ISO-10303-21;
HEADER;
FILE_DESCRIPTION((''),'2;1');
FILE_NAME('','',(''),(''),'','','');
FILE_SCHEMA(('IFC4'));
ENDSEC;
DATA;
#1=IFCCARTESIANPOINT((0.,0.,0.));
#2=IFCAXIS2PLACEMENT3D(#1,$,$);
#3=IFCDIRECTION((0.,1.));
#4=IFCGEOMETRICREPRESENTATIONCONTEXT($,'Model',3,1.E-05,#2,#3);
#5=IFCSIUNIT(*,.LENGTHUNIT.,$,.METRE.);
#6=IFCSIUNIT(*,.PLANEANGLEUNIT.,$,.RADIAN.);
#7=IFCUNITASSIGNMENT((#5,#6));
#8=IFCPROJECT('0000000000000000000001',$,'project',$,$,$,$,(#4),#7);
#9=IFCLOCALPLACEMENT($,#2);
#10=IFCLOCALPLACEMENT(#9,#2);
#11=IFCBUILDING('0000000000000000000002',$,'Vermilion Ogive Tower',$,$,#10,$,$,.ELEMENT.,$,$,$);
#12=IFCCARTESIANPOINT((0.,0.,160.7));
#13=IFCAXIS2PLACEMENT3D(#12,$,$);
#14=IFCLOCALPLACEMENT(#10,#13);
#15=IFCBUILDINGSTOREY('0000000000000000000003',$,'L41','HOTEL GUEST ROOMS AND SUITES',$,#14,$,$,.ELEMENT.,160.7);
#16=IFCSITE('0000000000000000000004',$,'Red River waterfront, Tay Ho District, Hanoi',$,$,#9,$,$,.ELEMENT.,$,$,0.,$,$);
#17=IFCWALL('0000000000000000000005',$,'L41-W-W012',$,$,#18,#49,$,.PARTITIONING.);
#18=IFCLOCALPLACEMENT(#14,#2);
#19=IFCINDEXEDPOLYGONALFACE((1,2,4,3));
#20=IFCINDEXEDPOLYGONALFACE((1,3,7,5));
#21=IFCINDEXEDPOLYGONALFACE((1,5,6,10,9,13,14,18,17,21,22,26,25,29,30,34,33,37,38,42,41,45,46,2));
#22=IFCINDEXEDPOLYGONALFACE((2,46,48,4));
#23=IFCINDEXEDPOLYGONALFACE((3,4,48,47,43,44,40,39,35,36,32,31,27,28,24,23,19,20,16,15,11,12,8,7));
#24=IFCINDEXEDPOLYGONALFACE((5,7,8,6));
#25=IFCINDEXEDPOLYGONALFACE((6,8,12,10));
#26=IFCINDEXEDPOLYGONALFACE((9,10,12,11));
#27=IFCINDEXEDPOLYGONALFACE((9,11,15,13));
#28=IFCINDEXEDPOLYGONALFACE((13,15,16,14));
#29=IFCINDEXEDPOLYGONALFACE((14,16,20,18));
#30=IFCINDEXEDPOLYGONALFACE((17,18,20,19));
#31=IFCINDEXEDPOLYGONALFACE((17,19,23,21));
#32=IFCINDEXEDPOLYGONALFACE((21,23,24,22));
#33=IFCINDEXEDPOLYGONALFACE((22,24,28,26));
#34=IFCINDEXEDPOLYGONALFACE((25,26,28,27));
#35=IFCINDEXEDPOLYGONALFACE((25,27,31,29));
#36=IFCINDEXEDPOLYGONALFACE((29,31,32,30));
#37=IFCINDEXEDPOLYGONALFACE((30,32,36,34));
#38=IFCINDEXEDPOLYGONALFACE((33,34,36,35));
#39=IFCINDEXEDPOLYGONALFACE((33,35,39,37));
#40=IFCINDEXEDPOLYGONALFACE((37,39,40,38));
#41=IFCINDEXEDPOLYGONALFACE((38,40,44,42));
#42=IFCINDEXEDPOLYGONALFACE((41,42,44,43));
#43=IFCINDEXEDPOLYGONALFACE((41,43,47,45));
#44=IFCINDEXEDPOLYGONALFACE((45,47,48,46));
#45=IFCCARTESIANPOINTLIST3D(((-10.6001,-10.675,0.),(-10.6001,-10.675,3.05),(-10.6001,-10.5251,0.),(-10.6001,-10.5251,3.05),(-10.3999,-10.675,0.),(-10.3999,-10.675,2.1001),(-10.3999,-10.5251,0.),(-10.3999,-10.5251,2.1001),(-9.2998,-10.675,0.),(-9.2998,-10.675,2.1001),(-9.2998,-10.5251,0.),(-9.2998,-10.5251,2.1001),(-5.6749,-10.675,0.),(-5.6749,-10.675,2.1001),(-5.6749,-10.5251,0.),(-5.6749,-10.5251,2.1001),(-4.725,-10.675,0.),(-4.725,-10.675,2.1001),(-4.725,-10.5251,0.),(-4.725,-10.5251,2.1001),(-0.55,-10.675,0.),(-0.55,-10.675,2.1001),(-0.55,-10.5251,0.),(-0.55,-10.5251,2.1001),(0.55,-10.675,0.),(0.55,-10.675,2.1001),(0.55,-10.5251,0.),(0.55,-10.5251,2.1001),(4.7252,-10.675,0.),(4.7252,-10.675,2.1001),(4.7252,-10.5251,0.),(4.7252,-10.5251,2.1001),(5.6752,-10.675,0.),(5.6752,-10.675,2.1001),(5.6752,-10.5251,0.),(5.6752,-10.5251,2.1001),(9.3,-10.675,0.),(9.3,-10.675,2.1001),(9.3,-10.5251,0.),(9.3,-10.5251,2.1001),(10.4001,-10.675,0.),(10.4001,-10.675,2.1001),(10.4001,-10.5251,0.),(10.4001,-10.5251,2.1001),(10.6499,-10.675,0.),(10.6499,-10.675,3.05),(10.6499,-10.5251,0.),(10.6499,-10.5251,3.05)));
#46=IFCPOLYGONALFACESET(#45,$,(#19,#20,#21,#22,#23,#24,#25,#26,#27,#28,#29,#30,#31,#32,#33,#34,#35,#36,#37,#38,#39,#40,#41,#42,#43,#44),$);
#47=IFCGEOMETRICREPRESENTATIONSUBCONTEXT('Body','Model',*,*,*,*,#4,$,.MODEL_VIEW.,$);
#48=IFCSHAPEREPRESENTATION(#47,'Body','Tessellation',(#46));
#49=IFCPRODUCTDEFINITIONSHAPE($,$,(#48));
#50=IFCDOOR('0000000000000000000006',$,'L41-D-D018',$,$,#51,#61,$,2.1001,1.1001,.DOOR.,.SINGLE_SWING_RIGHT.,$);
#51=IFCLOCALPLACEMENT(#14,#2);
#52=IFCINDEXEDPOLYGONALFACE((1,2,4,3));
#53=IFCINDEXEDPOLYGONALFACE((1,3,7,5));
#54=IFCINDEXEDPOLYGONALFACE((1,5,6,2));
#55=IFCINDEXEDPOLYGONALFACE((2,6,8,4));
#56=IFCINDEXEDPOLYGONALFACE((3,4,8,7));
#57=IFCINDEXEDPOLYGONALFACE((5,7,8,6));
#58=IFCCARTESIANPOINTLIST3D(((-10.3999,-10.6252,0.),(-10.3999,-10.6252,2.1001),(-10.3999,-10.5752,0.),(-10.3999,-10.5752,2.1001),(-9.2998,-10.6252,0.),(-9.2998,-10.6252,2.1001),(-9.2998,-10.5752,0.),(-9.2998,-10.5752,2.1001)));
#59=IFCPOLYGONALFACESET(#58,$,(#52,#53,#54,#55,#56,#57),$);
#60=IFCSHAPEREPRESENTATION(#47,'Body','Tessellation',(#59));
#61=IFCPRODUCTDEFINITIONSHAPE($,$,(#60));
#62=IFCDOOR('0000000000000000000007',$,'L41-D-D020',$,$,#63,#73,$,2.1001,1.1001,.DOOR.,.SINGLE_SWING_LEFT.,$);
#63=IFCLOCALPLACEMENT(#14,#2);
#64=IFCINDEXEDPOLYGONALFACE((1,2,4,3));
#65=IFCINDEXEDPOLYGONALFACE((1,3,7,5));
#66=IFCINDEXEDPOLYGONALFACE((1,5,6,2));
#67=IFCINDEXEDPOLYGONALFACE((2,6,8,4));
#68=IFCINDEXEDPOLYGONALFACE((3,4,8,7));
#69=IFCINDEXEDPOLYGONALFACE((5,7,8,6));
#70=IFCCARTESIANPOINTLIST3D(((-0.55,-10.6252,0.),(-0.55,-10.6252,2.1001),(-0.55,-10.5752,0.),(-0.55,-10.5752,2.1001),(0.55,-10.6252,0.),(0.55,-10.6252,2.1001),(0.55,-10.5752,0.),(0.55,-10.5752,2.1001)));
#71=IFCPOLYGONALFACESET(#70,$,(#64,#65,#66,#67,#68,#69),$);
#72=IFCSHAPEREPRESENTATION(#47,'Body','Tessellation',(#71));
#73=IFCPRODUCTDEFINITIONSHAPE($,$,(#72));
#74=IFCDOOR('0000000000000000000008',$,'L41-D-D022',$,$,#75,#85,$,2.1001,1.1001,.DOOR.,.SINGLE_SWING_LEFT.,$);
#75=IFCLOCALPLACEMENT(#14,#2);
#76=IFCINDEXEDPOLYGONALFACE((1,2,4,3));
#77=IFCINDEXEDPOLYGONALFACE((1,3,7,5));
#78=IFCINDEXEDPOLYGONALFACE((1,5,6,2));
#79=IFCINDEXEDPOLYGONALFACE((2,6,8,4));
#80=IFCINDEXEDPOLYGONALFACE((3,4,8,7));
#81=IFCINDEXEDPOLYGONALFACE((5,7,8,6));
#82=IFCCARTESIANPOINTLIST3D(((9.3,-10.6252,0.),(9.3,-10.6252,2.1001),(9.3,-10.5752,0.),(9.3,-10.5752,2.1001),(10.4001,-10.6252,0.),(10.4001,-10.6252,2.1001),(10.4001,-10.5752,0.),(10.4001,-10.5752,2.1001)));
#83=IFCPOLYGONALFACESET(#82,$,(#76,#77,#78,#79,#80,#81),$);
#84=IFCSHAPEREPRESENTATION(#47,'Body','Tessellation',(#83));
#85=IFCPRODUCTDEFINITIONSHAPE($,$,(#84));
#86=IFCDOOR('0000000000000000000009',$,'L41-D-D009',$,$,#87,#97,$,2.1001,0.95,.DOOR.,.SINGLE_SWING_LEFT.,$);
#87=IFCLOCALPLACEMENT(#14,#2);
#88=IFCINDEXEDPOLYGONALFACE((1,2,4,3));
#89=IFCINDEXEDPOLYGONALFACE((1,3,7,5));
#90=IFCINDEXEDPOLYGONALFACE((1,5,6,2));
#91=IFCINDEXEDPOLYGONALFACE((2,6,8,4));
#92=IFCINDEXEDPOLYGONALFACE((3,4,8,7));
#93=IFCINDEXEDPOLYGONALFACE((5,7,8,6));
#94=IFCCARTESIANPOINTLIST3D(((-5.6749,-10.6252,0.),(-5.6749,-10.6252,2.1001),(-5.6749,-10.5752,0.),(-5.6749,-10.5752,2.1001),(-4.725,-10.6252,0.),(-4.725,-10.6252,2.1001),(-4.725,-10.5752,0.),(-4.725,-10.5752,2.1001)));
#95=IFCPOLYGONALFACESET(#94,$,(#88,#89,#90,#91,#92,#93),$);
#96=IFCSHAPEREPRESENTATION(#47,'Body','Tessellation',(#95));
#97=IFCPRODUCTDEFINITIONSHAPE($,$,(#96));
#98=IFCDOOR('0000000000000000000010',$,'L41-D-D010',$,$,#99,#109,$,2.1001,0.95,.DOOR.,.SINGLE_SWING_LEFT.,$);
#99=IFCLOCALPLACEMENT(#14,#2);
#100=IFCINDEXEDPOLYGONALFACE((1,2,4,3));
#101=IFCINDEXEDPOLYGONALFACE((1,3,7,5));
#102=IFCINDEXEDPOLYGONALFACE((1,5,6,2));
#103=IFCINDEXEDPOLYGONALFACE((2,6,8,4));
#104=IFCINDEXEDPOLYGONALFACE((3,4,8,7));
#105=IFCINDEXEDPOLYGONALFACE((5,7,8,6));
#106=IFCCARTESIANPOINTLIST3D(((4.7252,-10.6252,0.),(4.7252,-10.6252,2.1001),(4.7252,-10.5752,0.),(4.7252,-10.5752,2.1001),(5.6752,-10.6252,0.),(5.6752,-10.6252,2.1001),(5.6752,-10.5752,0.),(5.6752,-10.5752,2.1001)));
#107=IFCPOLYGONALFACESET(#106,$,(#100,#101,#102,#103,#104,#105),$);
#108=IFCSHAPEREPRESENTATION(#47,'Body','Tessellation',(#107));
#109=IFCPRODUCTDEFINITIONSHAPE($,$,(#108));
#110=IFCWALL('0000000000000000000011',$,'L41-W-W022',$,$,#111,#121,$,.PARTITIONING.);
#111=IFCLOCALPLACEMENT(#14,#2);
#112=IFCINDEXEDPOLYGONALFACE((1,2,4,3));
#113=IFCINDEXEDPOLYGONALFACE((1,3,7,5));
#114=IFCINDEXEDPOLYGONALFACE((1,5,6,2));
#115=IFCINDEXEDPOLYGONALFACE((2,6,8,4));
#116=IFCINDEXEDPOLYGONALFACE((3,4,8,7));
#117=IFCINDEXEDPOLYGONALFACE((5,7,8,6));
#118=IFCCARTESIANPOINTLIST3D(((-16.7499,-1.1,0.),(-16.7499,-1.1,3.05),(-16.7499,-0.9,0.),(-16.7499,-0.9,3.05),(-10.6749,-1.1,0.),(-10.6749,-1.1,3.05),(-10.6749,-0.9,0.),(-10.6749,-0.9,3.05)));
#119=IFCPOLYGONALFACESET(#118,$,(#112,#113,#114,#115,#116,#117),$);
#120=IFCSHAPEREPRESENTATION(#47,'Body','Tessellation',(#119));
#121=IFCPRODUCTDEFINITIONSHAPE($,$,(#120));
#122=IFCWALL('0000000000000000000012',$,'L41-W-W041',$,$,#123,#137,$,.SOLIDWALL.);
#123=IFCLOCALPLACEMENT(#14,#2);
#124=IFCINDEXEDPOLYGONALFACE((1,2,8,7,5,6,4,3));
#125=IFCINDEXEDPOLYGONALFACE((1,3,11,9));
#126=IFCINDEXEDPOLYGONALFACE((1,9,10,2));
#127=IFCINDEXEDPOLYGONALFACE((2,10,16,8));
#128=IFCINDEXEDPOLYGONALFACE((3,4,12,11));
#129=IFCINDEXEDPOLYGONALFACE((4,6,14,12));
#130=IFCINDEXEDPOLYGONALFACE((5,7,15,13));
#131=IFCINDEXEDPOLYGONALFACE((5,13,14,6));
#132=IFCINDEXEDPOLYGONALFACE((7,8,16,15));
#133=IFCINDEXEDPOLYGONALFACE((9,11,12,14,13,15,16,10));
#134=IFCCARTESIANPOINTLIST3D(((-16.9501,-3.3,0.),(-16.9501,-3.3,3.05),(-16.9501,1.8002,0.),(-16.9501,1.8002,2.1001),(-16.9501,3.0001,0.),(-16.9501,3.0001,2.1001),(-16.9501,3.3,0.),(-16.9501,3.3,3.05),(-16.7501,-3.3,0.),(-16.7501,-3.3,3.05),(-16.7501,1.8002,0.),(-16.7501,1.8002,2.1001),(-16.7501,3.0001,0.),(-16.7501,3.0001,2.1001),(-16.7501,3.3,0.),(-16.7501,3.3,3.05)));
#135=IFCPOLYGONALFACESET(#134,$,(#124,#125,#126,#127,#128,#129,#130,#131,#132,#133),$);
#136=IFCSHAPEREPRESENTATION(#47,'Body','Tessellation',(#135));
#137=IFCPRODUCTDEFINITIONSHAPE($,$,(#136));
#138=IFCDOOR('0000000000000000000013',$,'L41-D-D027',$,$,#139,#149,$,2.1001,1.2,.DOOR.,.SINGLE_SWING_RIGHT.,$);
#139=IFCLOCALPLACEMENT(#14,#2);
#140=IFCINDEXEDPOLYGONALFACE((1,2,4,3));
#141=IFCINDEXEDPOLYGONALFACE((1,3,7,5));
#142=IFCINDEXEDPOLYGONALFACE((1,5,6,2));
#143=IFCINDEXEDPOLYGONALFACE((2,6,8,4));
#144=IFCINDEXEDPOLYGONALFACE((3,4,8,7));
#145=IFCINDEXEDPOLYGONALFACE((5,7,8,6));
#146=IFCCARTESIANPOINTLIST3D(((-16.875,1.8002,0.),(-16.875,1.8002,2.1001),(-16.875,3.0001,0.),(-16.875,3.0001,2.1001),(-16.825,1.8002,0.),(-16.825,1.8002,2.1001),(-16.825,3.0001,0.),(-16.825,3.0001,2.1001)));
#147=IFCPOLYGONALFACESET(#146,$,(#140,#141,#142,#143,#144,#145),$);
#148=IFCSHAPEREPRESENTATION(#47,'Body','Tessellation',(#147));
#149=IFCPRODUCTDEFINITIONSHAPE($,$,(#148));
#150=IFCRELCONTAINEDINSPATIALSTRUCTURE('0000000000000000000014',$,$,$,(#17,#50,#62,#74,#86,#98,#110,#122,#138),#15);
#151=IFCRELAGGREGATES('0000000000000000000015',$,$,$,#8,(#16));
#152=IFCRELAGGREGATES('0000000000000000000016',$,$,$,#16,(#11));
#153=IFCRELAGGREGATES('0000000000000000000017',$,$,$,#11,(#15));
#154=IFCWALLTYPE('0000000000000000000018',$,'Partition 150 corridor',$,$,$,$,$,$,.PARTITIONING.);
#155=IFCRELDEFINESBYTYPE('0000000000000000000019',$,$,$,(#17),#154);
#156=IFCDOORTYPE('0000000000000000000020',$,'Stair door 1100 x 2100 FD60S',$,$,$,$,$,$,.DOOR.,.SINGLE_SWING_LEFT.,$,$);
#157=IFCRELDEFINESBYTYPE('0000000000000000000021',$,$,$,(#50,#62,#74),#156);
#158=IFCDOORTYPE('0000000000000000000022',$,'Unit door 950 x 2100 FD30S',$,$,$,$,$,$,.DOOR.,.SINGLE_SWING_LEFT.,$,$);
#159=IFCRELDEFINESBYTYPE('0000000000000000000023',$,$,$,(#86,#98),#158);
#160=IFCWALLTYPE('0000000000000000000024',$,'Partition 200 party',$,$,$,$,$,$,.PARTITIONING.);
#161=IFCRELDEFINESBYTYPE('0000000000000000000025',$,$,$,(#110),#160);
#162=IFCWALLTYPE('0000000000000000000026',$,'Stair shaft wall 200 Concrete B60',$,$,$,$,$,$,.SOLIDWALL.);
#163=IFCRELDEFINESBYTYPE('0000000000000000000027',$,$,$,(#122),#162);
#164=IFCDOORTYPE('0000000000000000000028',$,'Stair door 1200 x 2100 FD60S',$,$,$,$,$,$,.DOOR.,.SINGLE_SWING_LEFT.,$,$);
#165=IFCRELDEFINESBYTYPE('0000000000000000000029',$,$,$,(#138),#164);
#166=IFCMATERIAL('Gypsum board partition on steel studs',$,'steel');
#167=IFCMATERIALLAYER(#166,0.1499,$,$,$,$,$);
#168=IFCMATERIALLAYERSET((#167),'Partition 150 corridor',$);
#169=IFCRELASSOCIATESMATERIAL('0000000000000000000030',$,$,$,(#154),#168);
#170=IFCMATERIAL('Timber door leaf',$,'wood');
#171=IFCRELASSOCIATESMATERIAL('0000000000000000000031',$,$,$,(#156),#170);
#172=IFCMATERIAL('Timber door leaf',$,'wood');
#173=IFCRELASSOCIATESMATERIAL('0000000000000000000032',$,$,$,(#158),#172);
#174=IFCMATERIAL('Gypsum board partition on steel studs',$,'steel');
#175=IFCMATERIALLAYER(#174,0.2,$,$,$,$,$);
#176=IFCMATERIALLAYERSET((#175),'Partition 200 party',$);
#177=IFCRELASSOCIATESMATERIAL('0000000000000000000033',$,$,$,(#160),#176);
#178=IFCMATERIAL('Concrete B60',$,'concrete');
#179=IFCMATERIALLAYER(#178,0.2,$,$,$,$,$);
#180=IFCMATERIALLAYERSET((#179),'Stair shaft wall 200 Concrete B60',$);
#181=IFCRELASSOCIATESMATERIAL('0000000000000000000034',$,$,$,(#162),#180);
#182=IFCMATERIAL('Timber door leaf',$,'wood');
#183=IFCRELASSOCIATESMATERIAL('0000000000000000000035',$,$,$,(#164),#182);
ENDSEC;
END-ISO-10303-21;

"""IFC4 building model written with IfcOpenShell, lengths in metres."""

from ifc_helpers import new_model, si_unit, direction, frame, frame_2d, origin, place, context, subcontext, project, spatial, rectangle, extrude, material, layer, layer_set, type_object, element, fill, save


model = new_model("IFC4")

# Units and contexts
model_context = context("Model", 3, precision=1e-05, world=origin(), true_north=direction((0.0, 1.0)))
body_context = subcontext(model_context, "Body", "Model", "MODEL_VIEW")
ifc_project = project(units=[si_unit("LENGTHUNIT", "METRE"), si_unit("PLANEANGLEUNIT", "RADIAN")], contexts=[model_context])

# Site, building, storey
site_placement = place(None, origin())
site = spatial("IfcSite", under=ifc_project, at=site_placement, Name="Red River waterfront, Tay Ho District, Hanoi", CompositionType="ELEMENT", RefElevation=0.0)
building_placement = place(site_placement, origin())
building = spatial("IfcBuilding", under=site, at=building_placement, Name="Vermilion Ogive Tower", CompositionType="ELEMENT")
storey_placement = place(building_placement, frame((0.0, 0.0, 160.7)))
storey = spatial("IfcBuildingStorey", under=building, at=storey_placement, Name="L41", Description="HOTEL GUEST ROOMS AND SUITES", CompositionType="ELEMENT", Elevation=160.7)

# Wall, openings, doors
ifc_material_1 = material(Name="Gypsum board partition on steel studs", Category="steel")
ifc_layer_1 = layer(ifc_material_1, 0.1499)
ifc_layer_set_1 = layer_set([ifc_layer_1], Name="Partition 150 corridor")
wall_type_1 = type_object("IfcWallType", Name="Partition 150 corridor", PredefinedType="PARTITIONING", material=ifc_layer_set_1)
wall_1_placement = place(storey_placement, frame((-10.6001, -10.6001, 0.0), z_axis=(0.0, 0.0, 1.0), x_axis=(1.0, 0.0, 0.0)))
wall_1 = element("IfcWall", 1, at=wall_1_placement, inside=storey, type_object=wall_type_1, Name="L41-W-W012", PredefinedType="PARTITIONING", context=body_context, shape_type="SweptSolid", body=[
    extrude(rectangle(XDim=21.25, YDim=0.1499, at=frame_2d((10.625, 0.0))), origin(), (0.0, 0.0, 1.0), 3.05),
])
opening_1_placement = place(wall_1_placement, frame((4.925, 0.0, 0.0)))
opening_1 = element("IfcOpeningElement", 2, at=opening_1_placement, cuts=wall_1, PredefinedType="OPENING", context=body_context, shape_type="SweptSolid", body=[
    extrude(rectangle(XDim=0.95, YDim=2.1001, at=frame_2d((0.4751, 1.05))), frame((0.0, 0.085, 0.0), z_axis=(0.0, -1.0, 0.0), x_axis=(1.0, 0.0, 0.0)), (0.0, 0.0, 1.0), 0.1699),
])
opening_2_placement = place(wall_1_placement, frame((15.3252, 0.0, 0.0)))
opening_2 = element("IfcOpeningElement", 3, at=opening_2_placement, cuts=wall_1, PredefinedType="OPENING", context=body_context, shape_type="SweptSolid", body=[
    extrude(rectangle(XDim=0.95, YDim=2.1001, at=frame_2d((0.4751, 1.05))), frame((0.0, 0.085, 0.0), z_axis=(0.0, -1.0, 0.0), x_axis=(1.0, 0.0, 0.0)), (0.0, 0.0, 1.0), 0.1699),
])
opening_3_placement = place(wall_1_placement, frame((0.2002, 0.0, 0.0)))
opening_3 = element("IfcOpeningElement", 4, at=opening_3_placement, cuts=wall_1, PredefinedType="OPENING", context=body_context, shape_type="SweptSolid", body=[
    extrude(rectangle(XDim=1.1001, YDim=2.1001, at=frame_2d((0.55, 1.05))), frame((0.0, 0.085, 0.0), z_axis=(0.0, -1.0, 0.0), x_axis=(1.0, 0.0, 0.0)), (0.0, 0.0, 1.0), 0.1699),
])
opening_4_placement = place(wall_1_placement, frame((10.05, 0.0, 0.0)))
opening_4 = element("IfcOpeningElement", 5, at=opening_4_placement, cuts=wall_1, PredefinedType="OPENING", context=body_context, shape_type="SweptSolid", body=[
    extrude(rectangle(XDim=1.1001, YDim=2.1001, at=frame_2d((0.55, 1.05))), frame((0.0, 0.085, 0.0), z_axis=(0.0, -1.0, 0.0), x_axis=(1.0, 0.0, 0.0)), (0.0, 0.0, 1.0), 0.1699),
])
opening_5_placement = place(wall_1_placement, frame((19.9001, 0.0, 0.0)))
opening_5 = element("IfcOpeningElement", 6, at=opening_5_placement, cuts=wall_1, PredefinedType="OPENING", context=body_context, shape_type="SweptSolid", body=[
    extrude(rectangle(XDim=1.1001, YDim=2.1001, at=frame_2d((0.55, 1.05))), frame((0.0, 0.085, 0.0), z_axis=(0.0, -1.0, 0.0), x_axis=(1.0, 0.0, 0.0)), (0.0, 0.0, 1.0), 0.1699),
])
ifc_material_2 = material(Name="Timber door leaf", Category="wood")
door_type_1 = type_object("IfcDoorType", Name="Stair door 1100 x 2100 FD60S", OperationType="SINGLE_SWING_LEFT", PredefinedType="DOOR", material=ifc_material_2)
door_1_placement = place(opening_3_placement, origin())
door_1 = element("IfcDoor", 7, at=door_1_placement, inside=storey, type_object=door_type_1, Name="L41-D-D018", OperationType="SINGLE_SWING_RIGHT", OverallHeight=2.1001, OverallWidth=1.1001, PredefinedType="DOOR", context=body_context, shape_type="SweptSolid", body=[
    extrude(rectangle(XDim=1.1001, YDim=2.1001, at=frame_2d((0.55, 1.05))), frame((0.0, 0.0249, 0.0), z_axis=(0.0, -1.0, 0.0), x_axis=(1.0, 0.0, 0.0)), (0.0, 0.0, 1.0), 0.05),
])
fill(opening_3, door_1)
door_2_placement = place(opening_4_placement, origin())
door_2 = element("IfcDoor", 8, at=door_2_placement, inside=storey, type_object=door_type_1, Name="L41-D-D020", OperationType="SINGLE_SWING_LEFT", OverallHeight=2.1001, OverallWidth=1.1001, PredefinedType="DOOR", context=body_context, shape_type="SweptSolid", body=[
    extrude(rectangle(XDim=1.1001, YDim=2.1001, at=frame_2d((0.55, 1.05))), frame((0.0, 0.0249, 0.0), z_axis=(0.0, -1.0, 0.0), x_axis=(1.0, 0.0, 0.0)), (0.0, 0.0, 1.0), 0.05),
])
fill(opening_4, door_2)
door_3_placement = place(opening_5_placement, origin())
door_3 = element("IfcDoor", 9, at=door_3_placement, inside=storey, type_object=door_type_1, Name="L41-D-D022", OperationType="SINGLE_SWING_LEFT", OverallHeight=2.1001, OverallWidth=1.1001, PredefinedType="DOOR", context=body_context, shape_type="SweptSolid", body=[
    extrude(rectangle(XDim=1.1001, YDim=2.1001, at=frame_2d((0.55, 1.05))), frame((0.0, 0.0249, 0.0), z_axis=(0.0, -1.0, 0.0), x_axis=(1.0, 0.0, 0.0)), (0.0, 0.0, 1.0), 0.05),
])
fill(opening_5, door_3)
ifc_material_3 = material(Name="Timber door leaf", Category="wood")
door_type_2 = type_object("IfcDoorType", Name="Unit door 950 x 2100 FD30S", OperationType="SINGLE_SWING_LEFT", PredefinedType="DOOR", material=ifc_material_3)
door_4_placement = place(opening_1_placement, origin())
door_4 = element("IfcDoor", 10, at=door_4_placement, inside=storey, type_object=door_type_2, Name="L41-D-D009", OperationType="SINGLE_SWING_LEFT", OverallHeight=2.1001, OverallWidth=0.95, PredefinedType="DOOR", context=body_context, shape_type="SweptSolid", body=[
    extrude(rectangle(XDim=0.95, YDim=2.1001, at=frame_2d((0.4751, 1.05))), frame((0.0, 0.0249, 0.0), z_axis=(0.0, -1.0, 0.0), x_axis=(1.0, 0.0, 0.0)), (0.0, 0.0, 1.0), 0.05),
])
fill(opening_1, door_4)
door_5_placement = place(opening_2_placement, origin())
door_5 = element("IfcDoor", 11, at=door_5_placement, inside=storey, type_object=door_type_2, Name="L41-D-D010", OperationType="SINGLE_SWING_LEFT", OverallHeight=2.1001, OverallWidth=0.95, PredefinedType="DOOR", context=body_context, shape_type="SweptSolid", body=[
    extrude(rectangle(XDim=0.95, YDim=2.1001, at=frame_2d((0.4751, 1.05))), frame((0.0, 0.0249, 0.0), z_axis=(0.0, -1.0, 0.0), x_axis=(1.0, 0.0, 0.0)), (0.0, 0.0, 1.0), 0.05),
])
fill(opening_2, door_5)

# Wall
ifc_material_4 = material(Name="Gypsum board partition on steel studs", Category="steel")
ifc_layer_2 = layer(ifc_material_4, 0.2)
ifc_layer_set_2 = layer_set([ifc_layer_2], Name="Partition 200 party")
wall_type_2 = type_object("IfcWallType", Name="Partition 200 party", PredefinedType="PARTITIONING", material=ifc_layer_set_2)
wall_2_placement = place(storey_placement, frame((-16.75, -1.0, 0.0), z_axis=(0.0, 0.0, 1.0), x_axis=(1.0, 0.0, 0.0)))
element("IfcWall", 12, at=wall_2_placement, inside=storey, type_object=wall_type_2, Name="L41-W-W022", PredefinedType="PARTITIONING", context=body_context, shape_type="SweptSolid", body=[
    extrude(rectangle(XDim=6.075, YDim=0.2, at=frame_2d((3.0376, 0.0))), origin(), (0.0, 0.0, 1.0), 3.05),
])

# Wall, opening, door
ifc_material_5 = material(Name="Concrete B60", Category="concrete")
ifc_layer_3 = layer(ifc_material_5, 0.2)
ifc_layer_set_3 = layer_set([ifc_layer_3], Name="Stair shaft wall 200 Concrete B60")
wall_type_3 = type_object("IfcWallType", Name="Stair shaft wall 200 Concrete B60", PredefinedType="SOLIDWALL", material=ifc_layer_set_3)
wall_3_placement = place(storey_placement, frame((-16.8501, -3.3, 0.0), z_axis=(0.0, 0.0, 1.0), x_axis=(0.0, 1.0, 0.0)))
wall_3 = element("IfcWall", 13, at=wall_3_placement, inside=storey, type_object=wall_type_3, Name="L41-W-W041", PredefinedType="SOLIDWALL", context=body_context, shape_type="SweptSolid", body=[
    extrude(rectangle(XDim=6.6001, YDim=0.2, at=frame_2d((3.3, 0.0))), origin(), (0.0, 0.0, 1.0), 3.05),
])
opening_6_placement = place(wall_3_placement, frame((5.1001, 0.0, 0.0)))
opening_6 = element("IfcOpeningElement", 14, at=opening_6_placement, cuts=wall_3, PredefinedType="OPENING", context=body_context, shape_type="SweptSolid", body=[
    extrude(rectangle(XDim=1.2, YDim=2.1001, at=frame_2d((0.6001, 1.05))), frame((0.0, 0.1099, 0.0), z_axis=(0.0, -1.0, 0.0), x_axis=(1.0, 0.0, 0.0)), (0.0, 0.0, 1.0), 0.22),
])
ifc_material_6 = material(Name="Timber door leaf", Category="wood")
door_type_3 = type_object("IfcDoorType", Name="Stair door 1200 x 2100 FD60S", OperationType="SINGLE_SWING_LEFT", PredefinedType="DOOR", material=ifc_material_6)
door_6_placement = place(opening_6_placement, origin())
door_6 = element("IfcDoor", 15, at=door_6_placement, inside=storey, type_object=door_type_3, Name="L41-D-D027", OperationType="SINGLE_SWING_RIGHT", OverallHeight=2.1001, OverallWidth=1.2, PredefinedType="DOOR", context=body_context, shape_type="SweptSolid", body=[
    extrude(rectangle(XDim=1.2, YDim=2.1001, at=frame_2d((0.6001, 1.05))), frame((0.0, 0.0249, 0.0), z_axis=(0.0, -1.0, 0.0), x_axis=(1.0, 0.0, 0.0)), (0.0, 0.0, 1.0), 0.05),
])
fill(opening_6, door_6)

save(model, "model.ifc")
